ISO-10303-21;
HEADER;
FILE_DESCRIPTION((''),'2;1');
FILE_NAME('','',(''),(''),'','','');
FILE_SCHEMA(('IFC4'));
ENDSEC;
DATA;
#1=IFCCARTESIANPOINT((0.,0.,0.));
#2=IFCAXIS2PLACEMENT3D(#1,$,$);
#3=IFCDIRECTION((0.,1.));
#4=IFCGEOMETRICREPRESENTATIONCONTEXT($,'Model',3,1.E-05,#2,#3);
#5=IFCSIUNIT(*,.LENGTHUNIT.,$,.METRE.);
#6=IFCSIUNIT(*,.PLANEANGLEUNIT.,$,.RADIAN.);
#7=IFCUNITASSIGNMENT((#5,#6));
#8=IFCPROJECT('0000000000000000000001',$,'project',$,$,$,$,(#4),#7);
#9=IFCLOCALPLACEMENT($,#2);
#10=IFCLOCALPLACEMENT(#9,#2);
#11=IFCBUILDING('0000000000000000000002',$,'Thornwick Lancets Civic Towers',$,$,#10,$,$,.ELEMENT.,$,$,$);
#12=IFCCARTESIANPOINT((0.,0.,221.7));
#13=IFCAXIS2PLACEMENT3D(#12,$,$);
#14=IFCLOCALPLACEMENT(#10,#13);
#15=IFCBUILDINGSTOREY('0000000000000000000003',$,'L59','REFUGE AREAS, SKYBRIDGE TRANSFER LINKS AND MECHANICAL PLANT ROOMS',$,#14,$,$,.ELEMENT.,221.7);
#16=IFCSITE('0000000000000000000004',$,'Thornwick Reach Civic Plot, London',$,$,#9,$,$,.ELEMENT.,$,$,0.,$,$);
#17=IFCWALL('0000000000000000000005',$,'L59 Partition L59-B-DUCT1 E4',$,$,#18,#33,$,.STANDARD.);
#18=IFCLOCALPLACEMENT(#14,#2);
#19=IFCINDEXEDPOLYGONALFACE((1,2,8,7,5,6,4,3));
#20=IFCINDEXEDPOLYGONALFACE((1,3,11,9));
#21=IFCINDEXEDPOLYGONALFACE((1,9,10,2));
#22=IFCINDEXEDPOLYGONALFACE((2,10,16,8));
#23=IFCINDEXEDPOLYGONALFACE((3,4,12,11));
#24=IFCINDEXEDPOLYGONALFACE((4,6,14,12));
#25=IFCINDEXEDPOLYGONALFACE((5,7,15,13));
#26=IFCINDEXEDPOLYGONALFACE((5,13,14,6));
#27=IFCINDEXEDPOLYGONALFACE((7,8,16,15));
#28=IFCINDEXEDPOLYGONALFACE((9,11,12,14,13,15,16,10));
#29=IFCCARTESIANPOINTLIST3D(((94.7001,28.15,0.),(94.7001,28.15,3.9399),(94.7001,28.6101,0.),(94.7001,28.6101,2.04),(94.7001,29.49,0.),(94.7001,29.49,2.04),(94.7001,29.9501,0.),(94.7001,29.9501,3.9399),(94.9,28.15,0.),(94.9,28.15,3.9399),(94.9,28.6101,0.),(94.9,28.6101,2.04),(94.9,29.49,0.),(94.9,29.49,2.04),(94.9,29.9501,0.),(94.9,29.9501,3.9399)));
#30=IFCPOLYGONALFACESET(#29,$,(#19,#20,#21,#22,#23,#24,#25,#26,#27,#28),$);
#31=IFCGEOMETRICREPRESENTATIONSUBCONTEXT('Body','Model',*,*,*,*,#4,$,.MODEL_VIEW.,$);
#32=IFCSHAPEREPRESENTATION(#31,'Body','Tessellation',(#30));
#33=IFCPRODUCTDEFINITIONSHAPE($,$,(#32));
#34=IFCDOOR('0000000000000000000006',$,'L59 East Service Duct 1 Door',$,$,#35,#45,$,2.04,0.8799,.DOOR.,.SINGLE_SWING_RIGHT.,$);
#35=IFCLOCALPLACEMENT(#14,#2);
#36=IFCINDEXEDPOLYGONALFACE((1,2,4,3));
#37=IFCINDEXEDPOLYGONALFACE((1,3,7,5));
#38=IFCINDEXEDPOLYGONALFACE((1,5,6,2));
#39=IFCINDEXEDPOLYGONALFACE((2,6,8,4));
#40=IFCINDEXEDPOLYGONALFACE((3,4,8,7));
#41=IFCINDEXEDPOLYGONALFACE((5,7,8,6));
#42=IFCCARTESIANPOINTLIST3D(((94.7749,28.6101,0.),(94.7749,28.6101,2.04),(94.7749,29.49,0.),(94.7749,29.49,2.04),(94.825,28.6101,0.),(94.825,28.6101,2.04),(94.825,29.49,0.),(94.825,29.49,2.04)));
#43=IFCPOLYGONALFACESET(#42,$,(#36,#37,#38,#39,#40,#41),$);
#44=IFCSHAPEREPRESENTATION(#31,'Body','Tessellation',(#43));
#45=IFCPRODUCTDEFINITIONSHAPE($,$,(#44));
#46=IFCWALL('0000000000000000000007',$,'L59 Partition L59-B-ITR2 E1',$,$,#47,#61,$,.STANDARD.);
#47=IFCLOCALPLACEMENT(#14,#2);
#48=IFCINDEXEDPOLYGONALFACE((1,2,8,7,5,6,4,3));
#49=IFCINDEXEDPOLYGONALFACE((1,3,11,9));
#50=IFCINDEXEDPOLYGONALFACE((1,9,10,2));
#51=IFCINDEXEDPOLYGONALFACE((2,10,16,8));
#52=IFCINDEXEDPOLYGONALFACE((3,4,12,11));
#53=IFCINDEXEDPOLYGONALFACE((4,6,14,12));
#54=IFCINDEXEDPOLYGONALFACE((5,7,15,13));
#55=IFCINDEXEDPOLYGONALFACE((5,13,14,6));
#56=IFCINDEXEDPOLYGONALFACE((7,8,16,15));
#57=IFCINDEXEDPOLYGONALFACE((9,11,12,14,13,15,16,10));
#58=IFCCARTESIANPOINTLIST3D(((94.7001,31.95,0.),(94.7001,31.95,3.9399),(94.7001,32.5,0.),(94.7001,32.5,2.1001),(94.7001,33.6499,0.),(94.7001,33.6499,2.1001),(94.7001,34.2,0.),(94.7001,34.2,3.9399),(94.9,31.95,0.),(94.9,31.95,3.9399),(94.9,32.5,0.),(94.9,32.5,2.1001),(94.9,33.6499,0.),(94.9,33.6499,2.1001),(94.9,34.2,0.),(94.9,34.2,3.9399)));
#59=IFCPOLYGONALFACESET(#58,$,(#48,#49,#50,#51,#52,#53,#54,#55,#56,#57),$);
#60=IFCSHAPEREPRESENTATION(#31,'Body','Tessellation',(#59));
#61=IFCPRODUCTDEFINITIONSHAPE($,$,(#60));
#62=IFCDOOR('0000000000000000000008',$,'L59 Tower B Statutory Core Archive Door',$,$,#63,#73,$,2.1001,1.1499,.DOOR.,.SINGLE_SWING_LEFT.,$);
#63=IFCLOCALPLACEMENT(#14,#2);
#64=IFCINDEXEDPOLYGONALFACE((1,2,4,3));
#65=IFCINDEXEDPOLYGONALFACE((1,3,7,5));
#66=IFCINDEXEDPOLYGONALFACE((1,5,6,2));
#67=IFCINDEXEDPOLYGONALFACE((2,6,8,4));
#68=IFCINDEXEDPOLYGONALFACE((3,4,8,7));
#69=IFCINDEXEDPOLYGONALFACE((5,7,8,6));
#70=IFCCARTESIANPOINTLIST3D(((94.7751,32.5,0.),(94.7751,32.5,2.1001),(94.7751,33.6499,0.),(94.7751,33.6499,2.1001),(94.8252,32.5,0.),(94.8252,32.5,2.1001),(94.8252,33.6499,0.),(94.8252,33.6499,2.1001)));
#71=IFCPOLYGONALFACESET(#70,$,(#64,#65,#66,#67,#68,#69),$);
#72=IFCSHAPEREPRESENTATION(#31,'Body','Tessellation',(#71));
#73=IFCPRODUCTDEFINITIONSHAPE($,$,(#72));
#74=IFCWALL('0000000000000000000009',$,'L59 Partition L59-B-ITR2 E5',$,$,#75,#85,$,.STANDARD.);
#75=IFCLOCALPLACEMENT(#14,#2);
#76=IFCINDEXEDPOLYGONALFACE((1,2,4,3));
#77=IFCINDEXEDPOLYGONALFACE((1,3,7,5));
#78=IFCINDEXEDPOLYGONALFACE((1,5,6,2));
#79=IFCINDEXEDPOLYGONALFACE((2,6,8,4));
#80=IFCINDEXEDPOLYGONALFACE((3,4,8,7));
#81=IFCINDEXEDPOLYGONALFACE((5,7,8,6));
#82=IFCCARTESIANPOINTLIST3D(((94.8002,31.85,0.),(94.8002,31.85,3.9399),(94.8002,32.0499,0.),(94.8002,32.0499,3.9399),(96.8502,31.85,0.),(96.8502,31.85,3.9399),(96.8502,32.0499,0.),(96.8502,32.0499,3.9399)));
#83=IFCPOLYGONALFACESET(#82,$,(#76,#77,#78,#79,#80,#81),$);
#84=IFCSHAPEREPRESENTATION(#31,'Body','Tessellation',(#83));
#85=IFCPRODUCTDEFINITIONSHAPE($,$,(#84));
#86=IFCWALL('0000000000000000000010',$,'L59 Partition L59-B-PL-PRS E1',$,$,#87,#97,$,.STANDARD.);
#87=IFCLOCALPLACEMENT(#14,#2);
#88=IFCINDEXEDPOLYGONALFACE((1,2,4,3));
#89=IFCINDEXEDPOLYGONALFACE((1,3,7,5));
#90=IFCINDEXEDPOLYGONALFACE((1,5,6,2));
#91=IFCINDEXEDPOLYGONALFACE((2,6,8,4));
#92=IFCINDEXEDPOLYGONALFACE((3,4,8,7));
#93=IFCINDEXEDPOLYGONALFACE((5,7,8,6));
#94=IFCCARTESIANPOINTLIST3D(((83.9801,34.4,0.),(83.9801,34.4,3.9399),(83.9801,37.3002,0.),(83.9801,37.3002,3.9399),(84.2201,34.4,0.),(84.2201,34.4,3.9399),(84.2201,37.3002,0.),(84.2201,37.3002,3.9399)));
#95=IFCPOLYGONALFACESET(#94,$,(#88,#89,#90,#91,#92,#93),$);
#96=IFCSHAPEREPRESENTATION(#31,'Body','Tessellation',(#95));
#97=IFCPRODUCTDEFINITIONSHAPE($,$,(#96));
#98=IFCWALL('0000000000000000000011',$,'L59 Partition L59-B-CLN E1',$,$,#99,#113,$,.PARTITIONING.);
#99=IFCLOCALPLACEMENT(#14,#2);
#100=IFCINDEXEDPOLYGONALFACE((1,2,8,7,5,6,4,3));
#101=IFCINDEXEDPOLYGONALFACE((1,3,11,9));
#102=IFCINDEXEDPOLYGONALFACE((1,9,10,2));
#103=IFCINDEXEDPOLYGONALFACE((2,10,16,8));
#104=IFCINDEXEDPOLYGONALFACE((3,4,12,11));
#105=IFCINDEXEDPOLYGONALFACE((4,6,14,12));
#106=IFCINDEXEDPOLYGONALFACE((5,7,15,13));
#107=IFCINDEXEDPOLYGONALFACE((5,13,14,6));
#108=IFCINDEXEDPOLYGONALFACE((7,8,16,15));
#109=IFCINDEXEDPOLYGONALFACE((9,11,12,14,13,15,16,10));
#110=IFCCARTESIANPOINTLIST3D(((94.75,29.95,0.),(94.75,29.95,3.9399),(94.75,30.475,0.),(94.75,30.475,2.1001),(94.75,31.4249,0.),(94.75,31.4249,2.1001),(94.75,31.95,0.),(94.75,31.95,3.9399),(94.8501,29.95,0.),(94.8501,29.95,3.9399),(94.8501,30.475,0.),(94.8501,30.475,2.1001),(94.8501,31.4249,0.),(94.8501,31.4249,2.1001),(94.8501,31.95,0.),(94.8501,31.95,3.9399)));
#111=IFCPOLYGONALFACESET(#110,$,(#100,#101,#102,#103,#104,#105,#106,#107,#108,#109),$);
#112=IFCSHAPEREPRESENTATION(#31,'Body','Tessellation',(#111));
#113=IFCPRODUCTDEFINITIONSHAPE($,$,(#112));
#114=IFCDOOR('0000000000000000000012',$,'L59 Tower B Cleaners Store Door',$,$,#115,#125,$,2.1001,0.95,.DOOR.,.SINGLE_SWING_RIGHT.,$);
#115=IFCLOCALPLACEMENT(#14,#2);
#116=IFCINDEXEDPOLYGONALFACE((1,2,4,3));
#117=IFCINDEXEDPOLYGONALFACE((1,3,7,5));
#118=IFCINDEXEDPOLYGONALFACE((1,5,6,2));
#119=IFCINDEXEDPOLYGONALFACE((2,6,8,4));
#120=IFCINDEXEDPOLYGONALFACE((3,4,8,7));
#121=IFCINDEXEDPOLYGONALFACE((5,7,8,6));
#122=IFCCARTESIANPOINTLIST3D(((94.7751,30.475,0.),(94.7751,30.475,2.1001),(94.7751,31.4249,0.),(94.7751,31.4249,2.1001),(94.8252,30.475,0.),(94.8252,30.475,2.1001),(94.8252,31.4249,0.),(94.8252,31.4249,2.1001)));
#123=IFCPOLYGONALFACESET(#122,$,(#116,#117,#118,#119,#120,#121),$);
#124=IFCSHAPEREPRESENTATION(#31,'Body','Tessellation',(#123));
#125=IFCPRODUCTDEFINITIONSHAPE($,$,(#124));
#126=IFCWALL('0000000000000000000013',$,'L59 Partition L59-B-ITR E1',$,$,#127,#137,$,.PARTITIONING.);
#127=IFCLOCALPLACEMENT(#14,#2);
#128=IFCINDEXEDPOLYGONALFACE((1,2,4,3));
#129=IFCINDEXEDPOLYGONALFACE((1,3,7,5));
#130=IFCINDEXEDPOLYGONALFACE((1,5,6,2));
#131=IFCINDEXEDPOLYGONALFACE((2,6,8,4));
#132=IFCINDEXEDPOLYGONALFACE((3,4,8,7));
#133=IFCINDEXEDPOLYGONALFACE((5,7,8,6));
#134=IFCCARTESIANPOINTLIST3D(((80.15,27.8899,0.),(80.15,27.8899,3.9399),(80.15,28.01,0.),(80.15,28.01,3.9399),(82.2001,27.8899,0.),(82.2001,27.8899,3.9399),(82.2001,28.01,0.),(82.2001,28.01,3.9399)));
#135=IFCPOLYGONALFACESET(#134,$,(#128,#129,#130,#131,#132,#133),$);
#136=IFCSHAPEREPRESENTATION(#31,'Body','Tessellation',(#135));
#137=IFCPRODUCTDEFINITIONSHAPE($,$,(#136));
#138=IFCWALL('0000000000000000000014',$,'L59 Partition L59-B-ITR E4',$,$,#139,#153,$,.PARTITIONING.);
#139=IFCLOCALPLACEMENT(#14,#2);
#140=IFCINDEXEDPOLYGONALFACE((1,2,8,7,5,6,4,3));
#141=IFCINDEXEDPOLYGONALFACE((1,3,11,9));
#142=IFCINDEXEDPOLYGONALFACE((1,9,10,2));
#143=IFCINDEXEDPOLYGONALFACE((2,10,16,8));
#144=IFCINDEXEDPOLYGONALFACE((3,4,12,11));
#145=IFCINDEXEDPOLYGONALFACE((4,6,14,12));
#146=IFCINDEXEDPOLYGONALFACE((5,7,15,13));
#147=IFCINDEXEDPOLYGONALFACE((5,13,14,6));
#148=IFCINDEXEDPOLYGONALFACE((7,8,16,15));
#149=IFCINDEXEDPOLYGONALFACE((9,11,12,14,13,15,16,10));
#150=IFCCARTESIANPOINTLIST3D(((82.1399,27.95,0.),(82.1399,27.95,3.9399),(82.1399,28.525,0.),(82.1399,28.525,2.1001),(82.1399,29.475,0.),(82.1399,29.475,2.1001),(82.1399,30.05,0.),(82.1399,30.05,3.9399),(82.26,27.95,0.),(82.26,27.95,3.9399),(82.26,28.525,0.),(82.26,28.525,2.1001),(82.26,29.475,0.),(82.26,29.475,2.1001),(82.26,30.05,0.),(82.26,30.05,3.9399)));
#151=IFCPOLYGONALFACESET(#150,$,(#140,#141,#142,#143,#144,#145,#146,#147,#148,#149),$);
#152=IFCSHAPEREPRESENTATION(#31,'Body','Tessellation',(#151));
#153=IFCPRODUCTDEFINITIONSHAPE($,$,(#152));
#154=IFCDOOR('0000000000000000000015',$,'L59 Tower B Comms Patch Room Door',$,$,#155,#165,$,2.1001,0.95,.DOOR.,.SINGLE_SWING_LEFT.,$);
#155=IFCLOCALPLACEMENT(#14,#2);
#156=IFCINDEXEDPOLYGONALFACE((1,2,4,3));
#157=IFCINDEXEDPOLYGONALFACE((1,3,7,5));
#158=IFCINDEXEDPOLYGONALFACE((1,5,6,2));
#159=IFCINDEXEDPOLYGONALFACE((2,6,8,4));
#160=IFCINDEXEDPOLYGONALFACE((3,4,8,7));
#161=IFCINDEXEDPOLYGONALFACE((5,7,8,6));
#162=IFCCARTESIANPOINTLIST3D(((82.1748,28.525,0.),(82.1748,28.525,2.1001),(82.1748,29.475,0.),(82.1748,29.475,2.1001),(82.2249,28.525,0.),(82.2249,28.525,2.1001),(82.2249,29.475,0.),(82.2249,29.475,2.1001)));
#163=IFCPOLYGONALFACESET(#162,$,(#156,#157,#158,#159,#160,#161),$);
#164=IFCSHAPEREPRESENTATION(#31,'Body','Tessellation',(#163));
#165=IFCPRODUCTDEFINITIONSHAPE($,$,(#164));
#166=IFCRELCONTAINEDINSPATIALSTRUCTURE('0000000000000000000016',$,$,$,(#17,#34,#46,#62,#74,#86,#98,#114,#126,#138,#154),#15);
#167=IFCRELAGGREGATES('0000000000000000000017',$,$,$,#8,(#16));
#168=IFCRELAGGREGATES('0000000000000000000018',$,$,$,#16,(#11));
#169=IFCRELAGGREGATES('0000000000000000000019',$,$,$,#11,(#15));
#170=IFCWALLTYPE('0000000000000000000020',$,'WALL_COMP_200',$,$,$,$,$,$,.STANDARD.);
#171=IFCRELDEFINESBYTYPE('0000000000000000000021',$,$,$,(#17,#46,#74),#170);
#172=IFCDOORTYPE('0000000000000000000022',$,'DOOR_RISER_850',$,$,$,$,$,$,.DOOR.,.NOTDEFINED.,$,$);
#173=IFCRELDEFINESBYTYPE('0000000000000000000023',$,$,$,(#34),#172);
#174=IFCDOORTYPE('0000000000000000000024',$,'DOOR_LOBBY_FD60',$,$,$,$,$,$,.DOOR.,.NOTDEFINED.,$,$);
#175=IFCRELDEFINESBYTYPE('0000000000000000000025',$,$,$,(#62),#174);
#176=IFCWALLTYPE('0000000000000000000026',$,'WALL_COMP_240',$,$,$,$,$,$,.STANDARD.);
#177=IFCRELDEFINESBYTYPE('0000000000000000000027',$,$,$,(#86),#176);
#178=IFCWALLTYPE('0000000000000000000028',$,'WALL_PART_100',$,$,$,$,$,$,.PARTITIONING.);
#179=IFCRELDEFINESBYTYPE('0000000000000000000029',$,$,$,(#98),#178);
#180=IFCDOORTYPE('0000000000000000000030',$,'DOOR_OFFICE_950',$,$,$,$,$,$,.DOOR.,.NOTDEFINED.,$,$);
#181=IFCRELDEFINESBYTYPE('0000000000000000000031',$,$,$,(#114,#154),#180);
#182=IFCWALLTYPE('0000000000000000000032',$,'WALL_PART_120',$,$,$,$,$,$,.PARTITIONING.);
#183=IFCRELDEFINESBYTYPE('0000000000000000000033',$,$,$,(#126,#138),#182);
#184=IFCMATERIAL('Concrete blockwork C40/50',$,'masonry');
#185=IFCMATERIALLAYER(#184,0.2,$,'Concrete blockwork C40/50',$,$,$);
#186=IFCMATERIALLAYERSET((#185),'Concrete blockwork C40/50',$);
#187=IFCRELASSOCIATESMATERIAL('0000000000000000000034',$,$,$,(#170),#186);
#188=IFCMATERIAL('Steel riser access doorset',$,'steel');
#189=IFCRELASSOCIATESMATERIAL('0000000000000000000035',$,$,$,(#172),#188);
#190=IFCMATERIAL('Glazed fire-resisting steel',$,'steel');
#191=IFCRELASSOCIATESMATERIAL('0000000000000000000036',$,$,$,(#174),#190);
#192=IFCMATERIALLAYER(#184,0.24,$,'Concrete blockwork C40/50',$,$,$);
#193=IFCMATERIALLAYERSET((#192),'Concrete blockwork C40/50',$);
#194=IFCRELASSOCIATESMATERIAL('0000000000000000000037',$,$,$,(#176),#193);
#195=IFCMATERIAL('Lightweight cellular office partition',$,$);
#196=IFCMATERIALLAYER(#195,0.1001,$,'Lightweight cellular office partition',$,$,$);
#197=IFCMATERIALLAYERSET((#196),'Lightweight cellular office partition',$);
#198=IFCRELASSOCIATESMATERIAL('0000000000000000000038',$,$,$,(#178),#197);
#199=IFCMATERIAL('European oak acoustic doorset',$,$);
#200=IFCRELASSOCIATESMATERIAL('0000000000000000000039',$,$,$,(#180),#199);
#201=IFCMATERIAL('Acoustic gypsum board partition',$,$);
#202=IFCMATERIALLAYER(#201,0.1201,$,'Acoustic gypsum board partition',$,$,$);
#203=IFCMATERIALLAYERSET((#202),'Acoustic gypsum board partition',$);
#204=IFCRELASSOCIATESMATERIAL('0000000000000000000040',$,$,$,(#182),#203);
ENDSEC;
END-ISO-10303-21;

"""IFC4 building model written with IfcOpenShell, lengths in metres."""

from ifc_helpers import new_model, si_unit, direction, frame, frame_2d, origin, place, context, subcontext, project, spatial, rectangle, extrude, material, layer, layer_set, type_object, element, fill, save


model = new_model("IFC4")

# Units and contexts
model_context = context("Model", 3, precision=1e-05, world=origin(), true_north=direction((0.0, 1.0)))
body_context = subcontext(model_context, "Body", "Model", "MODEL_VIEW")
ifc_project = project(units=[si_unit("LENGTHUNIT", "METRE"), si_unit("PLANEANGLEUNIT", "RADIAN")], contexts=[model_context])

# Site, building, storey
site_placement = place(None, origin())
site = spatial("IfcSite", under=ifc_project, at=site_placement, Name="Thornwick Reach Civic Plot, London", CompositionType="ELEMENT", RefElevation=0.0)
building_placement = place(site_placement, origin())
building = spatial("IfcBuilding", under=site, at=building_placement, Name="Thornwick Lancets Civic Towers", CompositionType="ELEMENT")
storey_placement = place(building_placement, frame((0.0, 0.0, 221.7)))
storey = spatial("IfcBuildingStorey", under=building, at=storey_placement, Name="L59", Description="REFUGE AREAS, SKYBRIDGE TRANSFER LINKS AND MECHANICAL PLANT ROOMS", CompositionType="ELEMENT", Elevation=221.7)

# Shared definitions
ifc_material_1 = material(Name="Concrete blockwork C40/50", Category="masonry")
ifc_layer_1 = layer(ifc_material_1, 0.2, Name="Concrete blockwork C40/50")
ifc_layer_set_1 = layer_set([ifc_layer_1], Name="Concrete blockwork C40/50")
wall_type_1 = type_object("IfcWallType", Name="WALL_COMP_200", PredefinedType="STANDARD", material=ifc_layer_set_1)

# Walls, openings, doors
wall_1_placement = place(storey_placement, frame((94.8, 29.95, 0.0), z_axis=(0.0, 0.0, 1.0), x_axis=(0.0, -1.0, 0.0)))
wall_1 = element("IfcWall", 1, at=wall_1_placement, inside=storey, type_object=wall_type_1, Name="L59 Partition L59-B-DUCT1 E4", PredefinedType="STANDARD", context=body_context, shape_type="SweptSolid", body=[
    extrude(rectangle(XDim=1.8, YDim=0.2, at=frame_2d((0.8999, 0.0))), origin(), (0.0, 0.0, 1.0), 3.9399),
])
opening_1_placement = place(wall_1_placement, frame((0.46, 0.0, 0.0)))
opening_1 = element("IfcOpeningElement", 2, at=opening_1_placement, cuts=wall_1, PredefinedType="OPENING", context=body_context, shape_type="SweptSolid", body=[
    extrude(rectangle(XDim=0.8799, YDim=2.04, at=frame_2d((0.4399, 1.02))), frame((0.0, 0.1099, 0.0), z_axis=(0.0, -1.0, 0.0), x_axis=(1.0, 0.0, 0.0)), (0.0, 0.0, 1.0), 0.22),
])
ifc_material_2 = material(Name="Steel riser access doorset", Category="steel")
door_type_1 = type_object("IfcDoorType", Name="DOOR_RISER_850", OperationType="NOTDEFINED", PredefinedType="DOOR", material=ifc_material_2)
door_1_placement = place(opening_1_placement, origin())
door_1 = element("IfcDoor", 3, at=door_1_placement, inside=storey, type_object=door_type_1, Name="L59 East Service Duct 1 Door", OperationType="SINGLE_SWING_RIGHT", OverallHeight=2.04, OverallWidth=0.8799, PredefinedType="DOOR", context=body_context, shape_type="SweptSolid", body=[
    extrude(rectangle(XDim=0.8799, YDim=2.04, at=frame_2d((0.4399, 1.02))), frame((0.0, 0.0249, 0.0), z_axis=(0.0, -1.0, 0.0), x_axis=(1.0, 0.0, 0.0)), (0.0, 0.0, 1.0), 0.05),
])
fill(opening_1, door_1)
wall_2_placement = place(storey_placement, frame((94.8, 31.95, 0.0), z_axis=(0.0, 0.0, 1.0), x_axis=(0.0, 1.0, 0.0)))
wall_2 = element("IfcWall", 4, at=wall_2_placement, inside=storey, type_object=wall_type_1, Name="L59 Partition L59-B-ITR2 E1", PredefinedType="STANDARD", context=body_context, shape_type="SweptSolid", body=[
    extrude(rectangle(XDim=2.25, YDim=0.2, at=frame_2d((1.125, 0.0))), origin(), (0.0, 0.0, 1.0), 3.9399),
])
opening_2_placement = place(wall_2_placement, frame((0.55, 0.0, 0.0)))
opening_2 = element("IfcOpeningElement", 5, at=opening_2_placement, cuts=wall_2, PredefinedType="OPENING", context=body_context, shape_type="SweptSolid", body=[
    extrude(rectangle(XDim=1.1499, YDim=2.1001, at=frame_2d((0.575, 1.05))), frame((0.0, 0.1099, 0.0), z_axis=(0.0, -1.0, 0.0), x_axis=(1.0, 0.0, 0.0)), (0.0, 0.0, 1.0), 0.22),
])
ifc_material_3 = material(Name="Glazed fire-resisting steel", Category="steel")
door_type_2 = type_object("IfcDoorType", Name="DOOR_LOBBY_FD60", OperationType="NOTDEFINED", PredefinedType="DOOR", material=ifc_material_3)
door_2_placement = place(opening_2_placement, origin())
door_2 = element("IfcDoor", 6, at=door_2_placement, inside=storey, type_object=door_type_2, Name="L59 Tower B Statutory Core Archive Door", OperationType="SINGLE_SWING_LEFT", OverallHeight=2.1001, OverallWidth=1.1499, PredefinedType="DOOR", context=body_context, shape_type="SweptSolid", body=[
    extrude(rectangle(XDim=1.1499, YDim=2.1001, at=frame_2d((0.575, 1.05))), frame((0.0, 0.0249, 0.0), z_axis=(0.0, -1.0, 0.0), x_axis=(1.0, 0.0, 0.0)), (0.0, 0.0, 1.0), 0.05),
])
fill(opening_2, door_2)

# Walls
wall_3_placement = place(storey_placement, frame((96.8501, 31.95, 0.0), z_axis=(0.0, 0.0, 1.0), x_axis=(-1.0, 0.0, 0.0)))
element("IfcWall", 7, at=wall_3_placement, inside=storey, type_object=wall_type_1, Name="L59 Partition L59-B-ITR2 E5", PredefinedType="STANDARD", context=body_context, shape_type="SweptSolid", body=[
    extrude(rectangle(XDim=2.05, YDim=0.2, at=frame_2d((1.0249, 0.0))), origin(), (0.0, 0.0, 1.0), 3.9399),
])
ifc_layer_2 = layer(ifc_material_1, 0.24, Name="Concrete blockwork C40/50")
ifc_layer_set_2 = layer_set([ifc_layer_2], Name="Concrete blockwork C40/50")
wall_type_2 = type_object("IfcWallType", Name="WALL_COMP_240", PredefinedType="STANDARD", material=ifc_layer_set_2)
wall_4_placement = place(storey_placement, frame((84.1001, 34.3999, 0.0), z_axis=(0.0, 0.0, 1.0), x_axis=(0.0, 1.0, 0.0)))
element("IfcWall", 8, at=wall_4_placement, inside=storey, type_object=wall_type_2, Name="L59 Partition L59-B-PL-PRS E1", PredefinedType="STANDARD", context=body_context, shape_type="SweptSolid", body=[
    extrude(rectangle(XDim=2.9001, YDim=0.24, at=frame_2d((1.4502, 0.0))), origin(), (0.0, 0.0, 1.0), 3.9399),
])

# Wall, opening, door
ifc_material_4 = material(Name="Lightweight cellular office partition")
ifc_layer_3 = layer(ifc_material_4, 0.1001, Name="Lightweight cellular office partition")
ifc_layer_set_3 = layer_set([ifc_layer_3], Name="Lightweight cellular office partition")
wall_type_3 = type_object("IfcWallType", Name="WALL_PART_100", PredefinedType="PARTITIONING", material=ifc_layer_set_3)
wall_5_placement = place(storey_placement, frame((94.8, 29.95, 0.0), z_axis=(0.0, 0.0, 1.0), x_axis=(0.0, 1.0, 0.0)))
wall_5 = element("IfcWall", 9, at=wall_5_placement, inside=storey, type_object=wall_type_3, Name="L59 Partition L59-B-CLN E1", PredefinedType="PARTITIONING", context=body_context, shape_type="SweptSolid", body=[
    extrude(rectangle(XDim=2.0, YDim=0.1001, at=frame_2d((1.0, 0.0))), origin(), (0.0, 0.0, 1.0), 3.9399),
])
opening_3_placement = place(wall_5_placement, frame((0.5249, 0.0, 0.0)))
opening_3 = element("IfcOpeningElement", 10, at=opening_3_placement, cuts=wall_5, PredefinedType="OPENING", context=body_context, shape_type="SweptSolid", body=[
    extrude(rectangle(XDim=0.95, YDim=2.1001, at=frame_2d((0.4751, 1.05))), frame((0.0, 0.0601, 0.0), z_axis=(0.0, -1.0, 0.0), x_axis=(1.0, 0.0, 0.0)), (0.0, 0.0, 1.0), 0.1201),
])
ifc_material_5 = material(Name="European oak acoustic doorset")
door_type_3 = type_object("IfcDoorType", Name="DOOR_OFFICE_950", OperationType="NOTDEFINED", PredefinedType="DOOR", material=ifc_material_5)
door_3_placement = place(opening_3_placement, origin())
door_3 = element("IfcDoor", 11, at=door_3_placement, inside=storey, type_object=door_type_3, Name="L59 Tower B Cleaners Store Door", OperationType="SINGLE_SWING_RIGHT", OverallHeight=2.1001, OverallWidth=0.95, PredefinedType="DOOR", context=body_context, shape_type="SweptSolid", body=[
    extrude(rectangle(XDim=0.95, YDim=2.1001, at=frame_2d((0.4751, 1.05))), frame((0.0, 0.0249, 0.0), z_axis=(0.0, -1.0, 0.0), x_axis=(1.0, 0.0, 0.0)), (0.0, 0.0, 1.0), 0.05),
])
fill(opening_3, door_3)

# Wall
ifc_material_6 = material(Name="Acoustic gypsum board partition")
ifc_layer_4 = layer(ifc_material_6, 0.1201, Name="Acoustic gypsum board partition")
ifc_layer_set_4 = layer_set([ifc_layer_4], Name="Acoustic gypsum board partition")
wall_type_4 = type_object("IfcWallType", Name="WALL_PART_120", PredefinedType="PARTITIONING", material=ifc_layer_set_4)
wall_6_placement = place(storey_placement, frame((82.2, 27.95, 0.0), z_axis=(0.0, 0.0, 1.0), x_axis=(-1.0, 0.0, 0.0)))
element("IfcWall", 12, at=wall_6_placement, inside=storey, type_object=wall_type_4, Name="L59 Partition L59-B-ITR E1", PredefinedType="PARTITIONING", context=body_context, shape_type="SweptSolid", body=[
    extrude(rectangle(XDim=2.05, YDim=0.1201, at=frame_2d((1.0249, 0.0))), origin(), (0.0, 0.0, 1.0), 3.9399),
])

# Wall, opening, door
wall_7_placement = place(storey_placement, frame((82.2, 30.05, 0.0), z_axis=(0.0, 0.0, 1.0), x_axis=(0.0, -1.0, 0.0)))
wall_7 = element("IfcWall", 13, at=wall_7_placement, inside=storey, type_object=wall_type_4, Name="L59 Partition L59-B-ITR E4", PredefinedType="PARTITIONING", context=body_context, shape_type="SweptSolid", body=[
    extrude(rectangle(XDim=2.1001, YDim=0.1201, at=frame_2d((1.05, 0.0))), origin(), (0.0, 0.0, 1.0), 3.9399),
])
opening_4_placement = place(wall_7_placement, frame((0.575, 0.0, 0.0)))
opening_4 = element("IfcOpeningElement", 14, at=opening_4_placement, cuts=wall_7, PredefinedType="OPENING", context=body_context, shape_type="SweptSolid", body=[
    extrude(rectangle(XDim=0.95, YDim=2.1001, at=frame_2d((0.4751, 1.05))), frame((0.0, 0.0701, 0.0), z_axis=(0.0, -1.0, 0.0), x_axis=(1.0, 0.0, 0.0)), (0.0, 0.0, 1.0), 0.1401),
])
door_4_placement = place(opening_4_placement, origin())
door_4 = element("IfcDoor", 15, at=door_4_placement, inside=storey, type_object=door_type_3, Name="L59 Tower B Comms Patch Room Door", OperationType="SINGLE_SWING_LEFT", OverallHeight=2.1001, OverallWidth=0.95, PredefinedType="DOOR", context=body_context, shape_type="SweptSolid", body=[
    extrude(rectangle(XDim=0.95, YDim=2.1001, at=frame_2d((0.4751, 1.05))), frame((0.0, 0.0249, 0.0), z_axis=(0.0, -1.0, 0.0), x_axis=(1.0, 0.0, 0.0)), (0.0, 0.0, 1.0), 0.05),
])
fill(opening_4, door_4)

save(model, "model.ifc")
